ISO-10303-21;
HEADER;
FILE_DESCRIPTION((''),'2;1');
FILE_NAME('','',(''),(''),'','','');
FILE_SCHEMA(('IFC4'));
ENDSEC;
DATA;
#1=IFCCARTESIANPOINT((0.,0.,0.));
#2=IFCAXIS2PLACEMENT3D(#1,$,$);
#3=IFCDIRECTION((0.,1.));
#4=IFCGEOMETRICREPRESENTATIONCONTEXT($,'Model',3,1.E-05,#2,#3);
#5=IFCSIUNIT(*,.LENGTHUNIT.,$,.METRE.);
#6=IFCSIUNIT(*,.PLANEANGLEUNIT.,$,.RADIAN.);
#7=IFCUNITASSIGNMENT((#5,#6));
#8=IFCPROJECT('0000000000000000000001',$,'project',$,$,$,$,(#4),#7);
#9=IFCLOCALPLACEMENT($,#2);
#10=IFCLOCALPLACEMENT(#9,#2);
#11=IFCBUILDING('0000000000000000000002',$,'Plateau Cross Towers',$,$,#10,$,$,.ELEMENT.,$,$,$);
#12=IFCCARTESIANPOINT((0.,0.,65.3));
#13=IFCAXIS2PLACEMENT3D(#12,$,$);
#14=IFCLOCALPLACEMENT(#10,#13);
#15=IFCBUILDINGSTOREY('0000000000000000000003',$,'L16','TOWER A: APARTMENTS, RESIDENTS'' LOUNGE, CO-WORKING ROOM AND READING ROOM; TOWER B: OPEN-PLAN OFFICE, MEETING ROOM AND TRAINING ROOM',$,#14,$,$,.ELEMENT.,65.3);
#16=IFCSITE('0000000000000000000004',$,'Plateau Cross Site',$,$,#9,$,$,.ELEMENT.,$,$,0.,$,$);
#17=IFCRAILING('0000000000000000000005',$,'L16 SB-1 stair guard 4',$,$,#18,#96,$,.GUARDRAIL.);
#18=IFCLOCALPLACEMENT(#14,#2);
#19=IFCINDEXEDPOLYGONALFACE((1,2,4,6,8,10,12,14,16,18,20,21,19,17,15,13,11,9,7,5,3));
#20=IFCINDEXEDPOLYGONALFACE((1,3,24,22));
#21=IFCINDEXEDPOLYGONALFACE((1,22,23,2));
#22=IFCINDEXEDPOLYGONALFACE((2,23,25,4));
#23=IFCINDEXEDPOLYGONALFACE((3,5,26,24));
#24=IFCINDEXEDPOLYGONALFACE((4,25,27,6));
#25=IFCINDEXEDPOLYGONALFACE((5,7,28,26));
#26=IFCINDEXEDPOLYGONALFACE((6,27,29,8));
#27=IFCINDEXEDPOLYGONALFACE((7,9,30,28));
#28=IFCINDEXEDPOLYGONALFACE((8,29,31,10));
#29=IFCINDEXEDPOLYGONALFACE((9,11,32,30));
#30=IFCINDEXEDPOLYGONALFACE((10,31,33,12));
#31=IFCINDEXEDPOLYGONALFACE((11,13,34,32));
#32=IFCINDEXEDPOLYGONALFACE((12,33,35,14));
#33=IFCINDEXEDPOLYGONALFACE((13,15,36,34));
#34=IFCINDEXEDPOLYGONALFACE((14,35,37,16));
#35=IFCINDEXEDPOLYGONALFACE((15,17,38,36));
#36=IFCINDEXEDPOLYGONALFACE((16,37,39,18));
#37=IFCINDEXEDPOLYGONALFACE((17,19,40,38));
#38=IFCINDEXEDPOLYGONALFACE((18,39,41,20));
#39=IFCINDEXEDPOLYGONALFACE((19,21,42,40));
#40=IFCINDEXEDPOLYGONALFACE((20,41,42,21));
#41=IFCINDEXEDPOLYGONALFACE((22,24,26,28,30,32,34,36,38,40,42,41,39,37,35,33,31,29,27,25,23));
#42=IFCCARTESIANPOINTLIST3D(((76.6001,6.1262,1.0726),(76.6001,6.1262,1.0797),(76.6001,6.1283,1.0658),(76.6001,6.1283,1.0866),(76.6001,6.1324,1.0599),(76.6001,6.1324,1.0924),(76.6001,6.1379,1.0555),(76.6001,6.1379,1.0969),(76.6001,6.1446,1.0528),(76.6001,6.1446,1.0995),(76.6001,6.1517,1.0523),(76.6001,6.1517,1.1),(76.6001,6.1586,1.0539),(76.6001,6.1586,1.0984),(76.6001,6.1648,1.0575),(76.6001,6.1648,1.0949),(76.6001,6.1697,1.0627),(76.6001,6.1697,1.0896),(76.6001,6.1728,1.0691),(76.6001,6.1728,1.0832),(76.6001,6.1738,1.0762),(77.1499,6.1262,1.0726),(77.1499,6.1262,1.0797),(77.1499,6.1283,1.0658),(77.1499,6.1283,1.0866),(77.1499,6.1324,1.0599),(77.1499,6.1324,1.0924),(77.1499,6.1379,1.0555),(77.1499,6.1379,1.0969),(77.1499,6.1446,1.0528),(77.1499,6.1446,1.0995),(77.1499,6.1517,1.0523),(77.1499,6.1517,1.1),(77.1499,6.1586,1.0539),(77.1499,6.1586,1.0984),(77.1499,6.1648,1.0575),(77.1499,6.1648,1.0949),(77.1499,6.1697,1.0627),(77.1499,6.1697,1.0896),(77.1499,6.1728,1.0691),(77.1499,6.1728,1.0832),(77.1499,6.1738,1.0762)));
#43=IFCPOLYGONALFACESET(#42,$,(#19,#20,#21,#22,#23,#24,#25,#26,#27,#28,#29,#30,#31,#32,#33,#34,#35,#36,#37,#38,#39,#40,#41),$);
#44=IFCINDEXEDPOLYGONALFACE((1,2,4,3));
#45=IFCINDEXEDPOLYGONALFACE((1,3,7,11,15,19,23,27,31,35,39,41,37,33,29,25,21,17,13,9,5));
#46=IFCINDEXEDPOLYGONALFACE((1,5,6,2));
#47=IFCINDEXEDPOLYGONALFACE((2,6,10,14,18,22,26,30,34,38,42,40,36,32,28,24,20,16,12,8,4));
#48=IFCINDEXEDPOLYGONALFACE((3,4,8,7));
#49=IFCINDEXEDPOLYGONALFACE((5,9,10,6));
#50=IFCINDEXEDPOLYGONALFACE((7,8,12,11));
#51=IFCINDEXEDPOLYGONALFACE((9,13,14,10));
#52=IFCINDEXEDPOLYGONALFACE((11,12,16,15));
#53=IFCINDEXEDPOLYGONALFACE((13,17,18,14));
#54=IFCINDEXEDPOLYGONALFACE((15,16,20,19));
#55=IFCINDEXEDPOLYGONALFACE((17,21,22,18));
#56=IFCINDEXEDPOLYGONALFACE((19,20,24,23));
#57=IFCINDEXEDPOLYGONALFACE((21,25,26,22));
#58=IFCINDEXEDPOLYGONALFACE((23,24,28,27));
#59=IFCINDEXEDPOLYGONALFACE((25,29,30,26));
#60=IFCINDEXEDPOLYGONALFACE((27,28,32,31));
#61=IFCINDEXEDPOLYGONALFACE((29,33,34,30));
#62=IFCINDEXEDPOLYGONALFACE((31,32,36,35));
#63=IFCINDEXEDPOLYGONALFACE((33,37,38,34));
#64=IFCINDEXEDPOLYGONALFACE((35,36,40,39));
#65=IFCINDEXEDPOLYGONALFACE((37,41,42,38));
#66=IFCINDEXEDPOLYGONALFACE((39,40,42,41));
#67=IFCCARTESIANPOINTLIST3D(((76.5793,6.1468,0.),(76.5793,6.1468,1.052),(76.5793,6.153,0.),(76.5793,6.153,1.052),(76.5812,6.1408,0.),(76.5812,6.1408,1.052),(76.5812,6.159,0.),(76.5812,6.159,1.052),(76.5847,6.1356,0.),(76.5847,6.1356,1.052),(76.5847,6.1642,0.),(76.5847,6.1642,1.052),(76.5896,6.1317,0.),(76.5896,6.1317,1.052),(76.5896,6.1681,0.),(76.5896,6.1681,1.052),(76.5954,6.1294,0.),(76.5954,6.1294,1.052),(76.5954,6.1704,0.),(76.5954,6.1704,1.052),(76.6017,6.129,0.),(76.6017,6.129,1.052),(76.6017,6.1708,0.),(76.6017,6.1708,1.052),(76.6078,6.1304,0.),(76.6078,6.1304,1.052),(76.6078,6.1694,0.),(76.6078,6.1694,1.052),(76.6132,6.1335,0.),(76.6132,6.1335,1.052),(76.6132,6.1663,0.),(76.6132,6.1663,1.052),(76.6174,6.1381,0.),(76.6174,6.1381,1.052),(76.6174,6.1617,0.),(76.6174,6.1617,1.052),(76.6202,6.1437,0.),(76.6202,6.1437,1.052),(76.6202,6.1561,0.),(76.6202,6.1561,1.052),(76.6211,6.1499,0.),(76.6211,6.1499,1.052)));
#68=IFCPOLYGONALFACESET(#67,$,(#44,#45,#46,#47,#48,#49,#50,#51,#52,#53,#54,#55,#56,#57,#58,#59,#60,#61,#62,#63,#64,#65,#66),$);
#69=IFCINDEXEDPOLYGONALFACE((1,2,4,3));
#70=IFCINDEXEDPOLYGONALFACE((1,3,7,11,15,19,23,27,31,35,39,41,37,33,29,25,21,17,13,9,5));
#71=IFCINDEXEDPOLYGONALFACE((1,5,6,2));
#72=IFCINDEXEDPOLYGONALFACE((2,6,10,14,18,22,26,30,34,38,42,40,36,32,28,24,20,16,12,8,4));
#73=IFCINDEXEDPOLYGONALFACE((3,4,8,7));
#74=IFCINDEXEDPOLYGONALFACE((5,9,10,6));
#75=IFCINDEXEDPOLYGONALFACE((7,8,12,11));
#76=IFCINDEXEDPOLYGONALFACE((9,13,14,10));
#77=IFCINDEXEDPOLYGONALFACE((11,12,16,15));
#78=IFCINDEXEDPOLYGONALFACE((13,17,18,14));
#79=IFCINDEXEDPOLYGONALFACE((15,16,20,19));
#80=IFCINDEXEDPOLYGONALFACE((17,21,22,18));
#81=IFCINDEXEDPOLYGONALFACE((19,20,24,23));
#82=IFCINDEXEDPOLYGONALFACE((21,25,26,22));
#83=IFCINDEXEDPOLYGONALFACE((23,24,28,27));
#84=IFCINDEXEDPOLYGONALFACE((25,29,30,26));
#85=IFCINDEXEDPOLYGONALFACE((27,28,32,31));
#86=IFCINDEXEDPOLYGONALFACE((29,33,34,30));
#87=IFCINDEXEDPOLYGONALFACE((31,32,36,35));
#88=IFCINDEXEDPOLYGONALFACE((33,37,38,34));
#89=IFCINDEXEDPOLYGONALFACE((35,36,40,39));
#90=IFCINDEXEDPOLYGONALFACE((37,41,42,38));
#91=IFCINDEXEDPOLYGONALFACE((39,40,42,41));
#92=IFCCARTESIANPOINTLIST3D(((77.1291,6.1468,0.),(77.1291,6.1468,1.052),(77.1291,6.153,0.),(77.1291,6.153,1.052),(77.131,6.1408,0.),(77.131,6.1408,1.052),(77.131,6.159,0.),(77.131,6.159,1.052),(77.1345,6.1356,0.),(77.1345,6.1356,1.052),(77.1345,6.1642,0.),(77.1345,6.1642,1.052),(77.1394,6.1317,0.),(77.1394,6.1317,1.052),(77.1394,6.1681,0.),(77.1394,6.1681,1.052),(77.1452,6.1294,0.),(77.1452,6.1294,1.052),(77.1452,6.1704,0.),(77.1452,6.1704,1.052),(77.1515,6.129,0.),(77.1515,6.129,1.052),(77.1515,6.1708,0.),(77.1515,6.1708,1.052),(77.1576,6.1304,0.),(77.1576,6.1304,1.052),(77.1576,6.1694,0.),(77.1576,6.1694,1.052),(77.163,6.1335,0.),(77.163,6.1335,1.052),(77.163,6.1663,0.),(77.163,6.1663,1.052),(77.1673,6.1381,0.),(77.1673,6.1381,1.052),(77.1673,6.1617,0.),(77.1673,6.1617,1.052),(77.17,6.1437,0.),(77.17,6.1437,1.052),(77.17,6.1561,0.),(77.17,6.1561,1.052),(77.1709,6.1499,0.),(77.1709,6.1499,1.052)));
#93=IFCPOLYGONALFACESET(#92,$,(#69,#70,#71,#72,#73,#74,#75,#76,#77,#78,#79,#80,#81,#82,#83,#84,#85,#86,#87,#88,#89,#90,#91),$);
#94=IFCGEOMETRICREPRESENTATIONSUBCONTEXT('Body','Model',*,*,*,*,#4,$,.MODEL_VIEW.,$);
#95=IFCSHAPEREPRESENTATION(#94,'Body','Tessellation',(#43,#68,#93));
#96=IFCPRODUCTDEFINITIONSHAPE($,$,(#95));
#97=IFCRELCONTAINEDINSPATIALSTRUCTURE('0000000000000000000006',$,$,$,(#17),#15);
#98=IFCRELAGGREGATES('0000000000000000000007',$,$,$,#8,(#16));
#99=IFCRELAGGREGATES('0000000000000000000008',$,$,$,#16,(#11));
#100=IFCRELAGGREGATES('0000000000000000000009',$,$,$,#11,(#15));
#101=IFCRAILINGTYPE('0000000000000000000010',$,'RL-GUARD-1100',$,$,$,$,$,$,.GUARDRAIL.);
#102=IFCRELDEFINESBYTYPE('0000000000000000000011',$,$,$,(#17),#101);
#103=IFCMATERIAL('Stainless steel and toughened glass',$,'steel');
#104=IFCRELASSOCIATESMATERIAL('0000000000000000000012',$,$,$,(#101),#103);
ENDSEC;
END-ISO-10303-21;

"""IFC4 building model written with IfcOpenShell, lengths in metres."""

from ifc_helpers import new_model, si_unit, direction, frame, origin, origin_2d, place, context, subcontext, project, spatial, circle, extrude, material, type_object, element, save


model = new_model("IFC4")

# Units and contexts
model_context = context("Model", 3, precision=1e-05, world=origin(), true_north=direction((0.0, 1.0)))
body_context = subcontext(model_context, "Body", "Model", "MODEL_VIEW")
ifc_project = project(units=[si_unit("LENGTHUNIT", "METRE"), si_unit("PLANEANGLEUNIT", "RADIAN")], contexts=[model_context])

# Site, building, storey
site_placement = place(None, origin())
site = spatial("IfcSite", under=ifc_project, at=site_placement, Name="Plateau Cross Site", CompositionType="ELEMENT", RefElevation=0.0)
building_placement = place(site_placement, origin())
building = spatial("IfcBuilding", under=site, at=building_placement, Name="Plateau Cross Towers", CompositionType="ELEMENT")
storey_placement = place(building_placement, frame((0.0, 0.0, 65.3)))
storey = spatial("IfcBuildingStorey", under=building, at=storey_placement, Name="L16", Description="TOWER A: APARTMENTS, RESIDENTS' LOUNGE, CO-WORKING ROOM AND READING ROOM; TOWER B: OPEN-PLAN OFFICE, MEETING ROOM AND TRAINING ROOM", CompositionType="ELEMENT", Elevation=65.3)

# Railing
ifc_material_1 = material(Name="Stainless steel and toughened glass", Category="steel")
railing_type_1 = type_object("IfcRailingType", Name="RL-GUARD-1100", PredefinedType="GUARDRAIL", material=ifc_material_1)
railing_1_placement = place(storey_placement, frame((76.6001, 6.1499, 0.0)))
element("IfcRailing", 1, at=railing_1_placement, inside=storey, type_object=railing_type_1, Name="L16 SB-1 stair guard 4", PredefinedType="GUARDRAIL", context=body_context, shape_type="SweptSolid", body=[
    extrude(circle(Radius=0.0239, at=origin_2d()), frame((0.0, 0.0, 1.0762), z_axis=(1.0, 0.0, 0.0), x_axis=(0.0, 1.0, 0.0)), (0.0, 0.0, 1.0), 0.5498),
    extrude(circle(Radius=0.021, at=origin_2d()), origin(), (0.0, 0.0, 1.0), 1.052),
    extrude(circle(Radius=0.021, at=origin_2d()), frame((0.5498, 0.0, 0.0)), (0.0, 0.0, 1.0), 1.052),
])

save(model, "model.ifc")
